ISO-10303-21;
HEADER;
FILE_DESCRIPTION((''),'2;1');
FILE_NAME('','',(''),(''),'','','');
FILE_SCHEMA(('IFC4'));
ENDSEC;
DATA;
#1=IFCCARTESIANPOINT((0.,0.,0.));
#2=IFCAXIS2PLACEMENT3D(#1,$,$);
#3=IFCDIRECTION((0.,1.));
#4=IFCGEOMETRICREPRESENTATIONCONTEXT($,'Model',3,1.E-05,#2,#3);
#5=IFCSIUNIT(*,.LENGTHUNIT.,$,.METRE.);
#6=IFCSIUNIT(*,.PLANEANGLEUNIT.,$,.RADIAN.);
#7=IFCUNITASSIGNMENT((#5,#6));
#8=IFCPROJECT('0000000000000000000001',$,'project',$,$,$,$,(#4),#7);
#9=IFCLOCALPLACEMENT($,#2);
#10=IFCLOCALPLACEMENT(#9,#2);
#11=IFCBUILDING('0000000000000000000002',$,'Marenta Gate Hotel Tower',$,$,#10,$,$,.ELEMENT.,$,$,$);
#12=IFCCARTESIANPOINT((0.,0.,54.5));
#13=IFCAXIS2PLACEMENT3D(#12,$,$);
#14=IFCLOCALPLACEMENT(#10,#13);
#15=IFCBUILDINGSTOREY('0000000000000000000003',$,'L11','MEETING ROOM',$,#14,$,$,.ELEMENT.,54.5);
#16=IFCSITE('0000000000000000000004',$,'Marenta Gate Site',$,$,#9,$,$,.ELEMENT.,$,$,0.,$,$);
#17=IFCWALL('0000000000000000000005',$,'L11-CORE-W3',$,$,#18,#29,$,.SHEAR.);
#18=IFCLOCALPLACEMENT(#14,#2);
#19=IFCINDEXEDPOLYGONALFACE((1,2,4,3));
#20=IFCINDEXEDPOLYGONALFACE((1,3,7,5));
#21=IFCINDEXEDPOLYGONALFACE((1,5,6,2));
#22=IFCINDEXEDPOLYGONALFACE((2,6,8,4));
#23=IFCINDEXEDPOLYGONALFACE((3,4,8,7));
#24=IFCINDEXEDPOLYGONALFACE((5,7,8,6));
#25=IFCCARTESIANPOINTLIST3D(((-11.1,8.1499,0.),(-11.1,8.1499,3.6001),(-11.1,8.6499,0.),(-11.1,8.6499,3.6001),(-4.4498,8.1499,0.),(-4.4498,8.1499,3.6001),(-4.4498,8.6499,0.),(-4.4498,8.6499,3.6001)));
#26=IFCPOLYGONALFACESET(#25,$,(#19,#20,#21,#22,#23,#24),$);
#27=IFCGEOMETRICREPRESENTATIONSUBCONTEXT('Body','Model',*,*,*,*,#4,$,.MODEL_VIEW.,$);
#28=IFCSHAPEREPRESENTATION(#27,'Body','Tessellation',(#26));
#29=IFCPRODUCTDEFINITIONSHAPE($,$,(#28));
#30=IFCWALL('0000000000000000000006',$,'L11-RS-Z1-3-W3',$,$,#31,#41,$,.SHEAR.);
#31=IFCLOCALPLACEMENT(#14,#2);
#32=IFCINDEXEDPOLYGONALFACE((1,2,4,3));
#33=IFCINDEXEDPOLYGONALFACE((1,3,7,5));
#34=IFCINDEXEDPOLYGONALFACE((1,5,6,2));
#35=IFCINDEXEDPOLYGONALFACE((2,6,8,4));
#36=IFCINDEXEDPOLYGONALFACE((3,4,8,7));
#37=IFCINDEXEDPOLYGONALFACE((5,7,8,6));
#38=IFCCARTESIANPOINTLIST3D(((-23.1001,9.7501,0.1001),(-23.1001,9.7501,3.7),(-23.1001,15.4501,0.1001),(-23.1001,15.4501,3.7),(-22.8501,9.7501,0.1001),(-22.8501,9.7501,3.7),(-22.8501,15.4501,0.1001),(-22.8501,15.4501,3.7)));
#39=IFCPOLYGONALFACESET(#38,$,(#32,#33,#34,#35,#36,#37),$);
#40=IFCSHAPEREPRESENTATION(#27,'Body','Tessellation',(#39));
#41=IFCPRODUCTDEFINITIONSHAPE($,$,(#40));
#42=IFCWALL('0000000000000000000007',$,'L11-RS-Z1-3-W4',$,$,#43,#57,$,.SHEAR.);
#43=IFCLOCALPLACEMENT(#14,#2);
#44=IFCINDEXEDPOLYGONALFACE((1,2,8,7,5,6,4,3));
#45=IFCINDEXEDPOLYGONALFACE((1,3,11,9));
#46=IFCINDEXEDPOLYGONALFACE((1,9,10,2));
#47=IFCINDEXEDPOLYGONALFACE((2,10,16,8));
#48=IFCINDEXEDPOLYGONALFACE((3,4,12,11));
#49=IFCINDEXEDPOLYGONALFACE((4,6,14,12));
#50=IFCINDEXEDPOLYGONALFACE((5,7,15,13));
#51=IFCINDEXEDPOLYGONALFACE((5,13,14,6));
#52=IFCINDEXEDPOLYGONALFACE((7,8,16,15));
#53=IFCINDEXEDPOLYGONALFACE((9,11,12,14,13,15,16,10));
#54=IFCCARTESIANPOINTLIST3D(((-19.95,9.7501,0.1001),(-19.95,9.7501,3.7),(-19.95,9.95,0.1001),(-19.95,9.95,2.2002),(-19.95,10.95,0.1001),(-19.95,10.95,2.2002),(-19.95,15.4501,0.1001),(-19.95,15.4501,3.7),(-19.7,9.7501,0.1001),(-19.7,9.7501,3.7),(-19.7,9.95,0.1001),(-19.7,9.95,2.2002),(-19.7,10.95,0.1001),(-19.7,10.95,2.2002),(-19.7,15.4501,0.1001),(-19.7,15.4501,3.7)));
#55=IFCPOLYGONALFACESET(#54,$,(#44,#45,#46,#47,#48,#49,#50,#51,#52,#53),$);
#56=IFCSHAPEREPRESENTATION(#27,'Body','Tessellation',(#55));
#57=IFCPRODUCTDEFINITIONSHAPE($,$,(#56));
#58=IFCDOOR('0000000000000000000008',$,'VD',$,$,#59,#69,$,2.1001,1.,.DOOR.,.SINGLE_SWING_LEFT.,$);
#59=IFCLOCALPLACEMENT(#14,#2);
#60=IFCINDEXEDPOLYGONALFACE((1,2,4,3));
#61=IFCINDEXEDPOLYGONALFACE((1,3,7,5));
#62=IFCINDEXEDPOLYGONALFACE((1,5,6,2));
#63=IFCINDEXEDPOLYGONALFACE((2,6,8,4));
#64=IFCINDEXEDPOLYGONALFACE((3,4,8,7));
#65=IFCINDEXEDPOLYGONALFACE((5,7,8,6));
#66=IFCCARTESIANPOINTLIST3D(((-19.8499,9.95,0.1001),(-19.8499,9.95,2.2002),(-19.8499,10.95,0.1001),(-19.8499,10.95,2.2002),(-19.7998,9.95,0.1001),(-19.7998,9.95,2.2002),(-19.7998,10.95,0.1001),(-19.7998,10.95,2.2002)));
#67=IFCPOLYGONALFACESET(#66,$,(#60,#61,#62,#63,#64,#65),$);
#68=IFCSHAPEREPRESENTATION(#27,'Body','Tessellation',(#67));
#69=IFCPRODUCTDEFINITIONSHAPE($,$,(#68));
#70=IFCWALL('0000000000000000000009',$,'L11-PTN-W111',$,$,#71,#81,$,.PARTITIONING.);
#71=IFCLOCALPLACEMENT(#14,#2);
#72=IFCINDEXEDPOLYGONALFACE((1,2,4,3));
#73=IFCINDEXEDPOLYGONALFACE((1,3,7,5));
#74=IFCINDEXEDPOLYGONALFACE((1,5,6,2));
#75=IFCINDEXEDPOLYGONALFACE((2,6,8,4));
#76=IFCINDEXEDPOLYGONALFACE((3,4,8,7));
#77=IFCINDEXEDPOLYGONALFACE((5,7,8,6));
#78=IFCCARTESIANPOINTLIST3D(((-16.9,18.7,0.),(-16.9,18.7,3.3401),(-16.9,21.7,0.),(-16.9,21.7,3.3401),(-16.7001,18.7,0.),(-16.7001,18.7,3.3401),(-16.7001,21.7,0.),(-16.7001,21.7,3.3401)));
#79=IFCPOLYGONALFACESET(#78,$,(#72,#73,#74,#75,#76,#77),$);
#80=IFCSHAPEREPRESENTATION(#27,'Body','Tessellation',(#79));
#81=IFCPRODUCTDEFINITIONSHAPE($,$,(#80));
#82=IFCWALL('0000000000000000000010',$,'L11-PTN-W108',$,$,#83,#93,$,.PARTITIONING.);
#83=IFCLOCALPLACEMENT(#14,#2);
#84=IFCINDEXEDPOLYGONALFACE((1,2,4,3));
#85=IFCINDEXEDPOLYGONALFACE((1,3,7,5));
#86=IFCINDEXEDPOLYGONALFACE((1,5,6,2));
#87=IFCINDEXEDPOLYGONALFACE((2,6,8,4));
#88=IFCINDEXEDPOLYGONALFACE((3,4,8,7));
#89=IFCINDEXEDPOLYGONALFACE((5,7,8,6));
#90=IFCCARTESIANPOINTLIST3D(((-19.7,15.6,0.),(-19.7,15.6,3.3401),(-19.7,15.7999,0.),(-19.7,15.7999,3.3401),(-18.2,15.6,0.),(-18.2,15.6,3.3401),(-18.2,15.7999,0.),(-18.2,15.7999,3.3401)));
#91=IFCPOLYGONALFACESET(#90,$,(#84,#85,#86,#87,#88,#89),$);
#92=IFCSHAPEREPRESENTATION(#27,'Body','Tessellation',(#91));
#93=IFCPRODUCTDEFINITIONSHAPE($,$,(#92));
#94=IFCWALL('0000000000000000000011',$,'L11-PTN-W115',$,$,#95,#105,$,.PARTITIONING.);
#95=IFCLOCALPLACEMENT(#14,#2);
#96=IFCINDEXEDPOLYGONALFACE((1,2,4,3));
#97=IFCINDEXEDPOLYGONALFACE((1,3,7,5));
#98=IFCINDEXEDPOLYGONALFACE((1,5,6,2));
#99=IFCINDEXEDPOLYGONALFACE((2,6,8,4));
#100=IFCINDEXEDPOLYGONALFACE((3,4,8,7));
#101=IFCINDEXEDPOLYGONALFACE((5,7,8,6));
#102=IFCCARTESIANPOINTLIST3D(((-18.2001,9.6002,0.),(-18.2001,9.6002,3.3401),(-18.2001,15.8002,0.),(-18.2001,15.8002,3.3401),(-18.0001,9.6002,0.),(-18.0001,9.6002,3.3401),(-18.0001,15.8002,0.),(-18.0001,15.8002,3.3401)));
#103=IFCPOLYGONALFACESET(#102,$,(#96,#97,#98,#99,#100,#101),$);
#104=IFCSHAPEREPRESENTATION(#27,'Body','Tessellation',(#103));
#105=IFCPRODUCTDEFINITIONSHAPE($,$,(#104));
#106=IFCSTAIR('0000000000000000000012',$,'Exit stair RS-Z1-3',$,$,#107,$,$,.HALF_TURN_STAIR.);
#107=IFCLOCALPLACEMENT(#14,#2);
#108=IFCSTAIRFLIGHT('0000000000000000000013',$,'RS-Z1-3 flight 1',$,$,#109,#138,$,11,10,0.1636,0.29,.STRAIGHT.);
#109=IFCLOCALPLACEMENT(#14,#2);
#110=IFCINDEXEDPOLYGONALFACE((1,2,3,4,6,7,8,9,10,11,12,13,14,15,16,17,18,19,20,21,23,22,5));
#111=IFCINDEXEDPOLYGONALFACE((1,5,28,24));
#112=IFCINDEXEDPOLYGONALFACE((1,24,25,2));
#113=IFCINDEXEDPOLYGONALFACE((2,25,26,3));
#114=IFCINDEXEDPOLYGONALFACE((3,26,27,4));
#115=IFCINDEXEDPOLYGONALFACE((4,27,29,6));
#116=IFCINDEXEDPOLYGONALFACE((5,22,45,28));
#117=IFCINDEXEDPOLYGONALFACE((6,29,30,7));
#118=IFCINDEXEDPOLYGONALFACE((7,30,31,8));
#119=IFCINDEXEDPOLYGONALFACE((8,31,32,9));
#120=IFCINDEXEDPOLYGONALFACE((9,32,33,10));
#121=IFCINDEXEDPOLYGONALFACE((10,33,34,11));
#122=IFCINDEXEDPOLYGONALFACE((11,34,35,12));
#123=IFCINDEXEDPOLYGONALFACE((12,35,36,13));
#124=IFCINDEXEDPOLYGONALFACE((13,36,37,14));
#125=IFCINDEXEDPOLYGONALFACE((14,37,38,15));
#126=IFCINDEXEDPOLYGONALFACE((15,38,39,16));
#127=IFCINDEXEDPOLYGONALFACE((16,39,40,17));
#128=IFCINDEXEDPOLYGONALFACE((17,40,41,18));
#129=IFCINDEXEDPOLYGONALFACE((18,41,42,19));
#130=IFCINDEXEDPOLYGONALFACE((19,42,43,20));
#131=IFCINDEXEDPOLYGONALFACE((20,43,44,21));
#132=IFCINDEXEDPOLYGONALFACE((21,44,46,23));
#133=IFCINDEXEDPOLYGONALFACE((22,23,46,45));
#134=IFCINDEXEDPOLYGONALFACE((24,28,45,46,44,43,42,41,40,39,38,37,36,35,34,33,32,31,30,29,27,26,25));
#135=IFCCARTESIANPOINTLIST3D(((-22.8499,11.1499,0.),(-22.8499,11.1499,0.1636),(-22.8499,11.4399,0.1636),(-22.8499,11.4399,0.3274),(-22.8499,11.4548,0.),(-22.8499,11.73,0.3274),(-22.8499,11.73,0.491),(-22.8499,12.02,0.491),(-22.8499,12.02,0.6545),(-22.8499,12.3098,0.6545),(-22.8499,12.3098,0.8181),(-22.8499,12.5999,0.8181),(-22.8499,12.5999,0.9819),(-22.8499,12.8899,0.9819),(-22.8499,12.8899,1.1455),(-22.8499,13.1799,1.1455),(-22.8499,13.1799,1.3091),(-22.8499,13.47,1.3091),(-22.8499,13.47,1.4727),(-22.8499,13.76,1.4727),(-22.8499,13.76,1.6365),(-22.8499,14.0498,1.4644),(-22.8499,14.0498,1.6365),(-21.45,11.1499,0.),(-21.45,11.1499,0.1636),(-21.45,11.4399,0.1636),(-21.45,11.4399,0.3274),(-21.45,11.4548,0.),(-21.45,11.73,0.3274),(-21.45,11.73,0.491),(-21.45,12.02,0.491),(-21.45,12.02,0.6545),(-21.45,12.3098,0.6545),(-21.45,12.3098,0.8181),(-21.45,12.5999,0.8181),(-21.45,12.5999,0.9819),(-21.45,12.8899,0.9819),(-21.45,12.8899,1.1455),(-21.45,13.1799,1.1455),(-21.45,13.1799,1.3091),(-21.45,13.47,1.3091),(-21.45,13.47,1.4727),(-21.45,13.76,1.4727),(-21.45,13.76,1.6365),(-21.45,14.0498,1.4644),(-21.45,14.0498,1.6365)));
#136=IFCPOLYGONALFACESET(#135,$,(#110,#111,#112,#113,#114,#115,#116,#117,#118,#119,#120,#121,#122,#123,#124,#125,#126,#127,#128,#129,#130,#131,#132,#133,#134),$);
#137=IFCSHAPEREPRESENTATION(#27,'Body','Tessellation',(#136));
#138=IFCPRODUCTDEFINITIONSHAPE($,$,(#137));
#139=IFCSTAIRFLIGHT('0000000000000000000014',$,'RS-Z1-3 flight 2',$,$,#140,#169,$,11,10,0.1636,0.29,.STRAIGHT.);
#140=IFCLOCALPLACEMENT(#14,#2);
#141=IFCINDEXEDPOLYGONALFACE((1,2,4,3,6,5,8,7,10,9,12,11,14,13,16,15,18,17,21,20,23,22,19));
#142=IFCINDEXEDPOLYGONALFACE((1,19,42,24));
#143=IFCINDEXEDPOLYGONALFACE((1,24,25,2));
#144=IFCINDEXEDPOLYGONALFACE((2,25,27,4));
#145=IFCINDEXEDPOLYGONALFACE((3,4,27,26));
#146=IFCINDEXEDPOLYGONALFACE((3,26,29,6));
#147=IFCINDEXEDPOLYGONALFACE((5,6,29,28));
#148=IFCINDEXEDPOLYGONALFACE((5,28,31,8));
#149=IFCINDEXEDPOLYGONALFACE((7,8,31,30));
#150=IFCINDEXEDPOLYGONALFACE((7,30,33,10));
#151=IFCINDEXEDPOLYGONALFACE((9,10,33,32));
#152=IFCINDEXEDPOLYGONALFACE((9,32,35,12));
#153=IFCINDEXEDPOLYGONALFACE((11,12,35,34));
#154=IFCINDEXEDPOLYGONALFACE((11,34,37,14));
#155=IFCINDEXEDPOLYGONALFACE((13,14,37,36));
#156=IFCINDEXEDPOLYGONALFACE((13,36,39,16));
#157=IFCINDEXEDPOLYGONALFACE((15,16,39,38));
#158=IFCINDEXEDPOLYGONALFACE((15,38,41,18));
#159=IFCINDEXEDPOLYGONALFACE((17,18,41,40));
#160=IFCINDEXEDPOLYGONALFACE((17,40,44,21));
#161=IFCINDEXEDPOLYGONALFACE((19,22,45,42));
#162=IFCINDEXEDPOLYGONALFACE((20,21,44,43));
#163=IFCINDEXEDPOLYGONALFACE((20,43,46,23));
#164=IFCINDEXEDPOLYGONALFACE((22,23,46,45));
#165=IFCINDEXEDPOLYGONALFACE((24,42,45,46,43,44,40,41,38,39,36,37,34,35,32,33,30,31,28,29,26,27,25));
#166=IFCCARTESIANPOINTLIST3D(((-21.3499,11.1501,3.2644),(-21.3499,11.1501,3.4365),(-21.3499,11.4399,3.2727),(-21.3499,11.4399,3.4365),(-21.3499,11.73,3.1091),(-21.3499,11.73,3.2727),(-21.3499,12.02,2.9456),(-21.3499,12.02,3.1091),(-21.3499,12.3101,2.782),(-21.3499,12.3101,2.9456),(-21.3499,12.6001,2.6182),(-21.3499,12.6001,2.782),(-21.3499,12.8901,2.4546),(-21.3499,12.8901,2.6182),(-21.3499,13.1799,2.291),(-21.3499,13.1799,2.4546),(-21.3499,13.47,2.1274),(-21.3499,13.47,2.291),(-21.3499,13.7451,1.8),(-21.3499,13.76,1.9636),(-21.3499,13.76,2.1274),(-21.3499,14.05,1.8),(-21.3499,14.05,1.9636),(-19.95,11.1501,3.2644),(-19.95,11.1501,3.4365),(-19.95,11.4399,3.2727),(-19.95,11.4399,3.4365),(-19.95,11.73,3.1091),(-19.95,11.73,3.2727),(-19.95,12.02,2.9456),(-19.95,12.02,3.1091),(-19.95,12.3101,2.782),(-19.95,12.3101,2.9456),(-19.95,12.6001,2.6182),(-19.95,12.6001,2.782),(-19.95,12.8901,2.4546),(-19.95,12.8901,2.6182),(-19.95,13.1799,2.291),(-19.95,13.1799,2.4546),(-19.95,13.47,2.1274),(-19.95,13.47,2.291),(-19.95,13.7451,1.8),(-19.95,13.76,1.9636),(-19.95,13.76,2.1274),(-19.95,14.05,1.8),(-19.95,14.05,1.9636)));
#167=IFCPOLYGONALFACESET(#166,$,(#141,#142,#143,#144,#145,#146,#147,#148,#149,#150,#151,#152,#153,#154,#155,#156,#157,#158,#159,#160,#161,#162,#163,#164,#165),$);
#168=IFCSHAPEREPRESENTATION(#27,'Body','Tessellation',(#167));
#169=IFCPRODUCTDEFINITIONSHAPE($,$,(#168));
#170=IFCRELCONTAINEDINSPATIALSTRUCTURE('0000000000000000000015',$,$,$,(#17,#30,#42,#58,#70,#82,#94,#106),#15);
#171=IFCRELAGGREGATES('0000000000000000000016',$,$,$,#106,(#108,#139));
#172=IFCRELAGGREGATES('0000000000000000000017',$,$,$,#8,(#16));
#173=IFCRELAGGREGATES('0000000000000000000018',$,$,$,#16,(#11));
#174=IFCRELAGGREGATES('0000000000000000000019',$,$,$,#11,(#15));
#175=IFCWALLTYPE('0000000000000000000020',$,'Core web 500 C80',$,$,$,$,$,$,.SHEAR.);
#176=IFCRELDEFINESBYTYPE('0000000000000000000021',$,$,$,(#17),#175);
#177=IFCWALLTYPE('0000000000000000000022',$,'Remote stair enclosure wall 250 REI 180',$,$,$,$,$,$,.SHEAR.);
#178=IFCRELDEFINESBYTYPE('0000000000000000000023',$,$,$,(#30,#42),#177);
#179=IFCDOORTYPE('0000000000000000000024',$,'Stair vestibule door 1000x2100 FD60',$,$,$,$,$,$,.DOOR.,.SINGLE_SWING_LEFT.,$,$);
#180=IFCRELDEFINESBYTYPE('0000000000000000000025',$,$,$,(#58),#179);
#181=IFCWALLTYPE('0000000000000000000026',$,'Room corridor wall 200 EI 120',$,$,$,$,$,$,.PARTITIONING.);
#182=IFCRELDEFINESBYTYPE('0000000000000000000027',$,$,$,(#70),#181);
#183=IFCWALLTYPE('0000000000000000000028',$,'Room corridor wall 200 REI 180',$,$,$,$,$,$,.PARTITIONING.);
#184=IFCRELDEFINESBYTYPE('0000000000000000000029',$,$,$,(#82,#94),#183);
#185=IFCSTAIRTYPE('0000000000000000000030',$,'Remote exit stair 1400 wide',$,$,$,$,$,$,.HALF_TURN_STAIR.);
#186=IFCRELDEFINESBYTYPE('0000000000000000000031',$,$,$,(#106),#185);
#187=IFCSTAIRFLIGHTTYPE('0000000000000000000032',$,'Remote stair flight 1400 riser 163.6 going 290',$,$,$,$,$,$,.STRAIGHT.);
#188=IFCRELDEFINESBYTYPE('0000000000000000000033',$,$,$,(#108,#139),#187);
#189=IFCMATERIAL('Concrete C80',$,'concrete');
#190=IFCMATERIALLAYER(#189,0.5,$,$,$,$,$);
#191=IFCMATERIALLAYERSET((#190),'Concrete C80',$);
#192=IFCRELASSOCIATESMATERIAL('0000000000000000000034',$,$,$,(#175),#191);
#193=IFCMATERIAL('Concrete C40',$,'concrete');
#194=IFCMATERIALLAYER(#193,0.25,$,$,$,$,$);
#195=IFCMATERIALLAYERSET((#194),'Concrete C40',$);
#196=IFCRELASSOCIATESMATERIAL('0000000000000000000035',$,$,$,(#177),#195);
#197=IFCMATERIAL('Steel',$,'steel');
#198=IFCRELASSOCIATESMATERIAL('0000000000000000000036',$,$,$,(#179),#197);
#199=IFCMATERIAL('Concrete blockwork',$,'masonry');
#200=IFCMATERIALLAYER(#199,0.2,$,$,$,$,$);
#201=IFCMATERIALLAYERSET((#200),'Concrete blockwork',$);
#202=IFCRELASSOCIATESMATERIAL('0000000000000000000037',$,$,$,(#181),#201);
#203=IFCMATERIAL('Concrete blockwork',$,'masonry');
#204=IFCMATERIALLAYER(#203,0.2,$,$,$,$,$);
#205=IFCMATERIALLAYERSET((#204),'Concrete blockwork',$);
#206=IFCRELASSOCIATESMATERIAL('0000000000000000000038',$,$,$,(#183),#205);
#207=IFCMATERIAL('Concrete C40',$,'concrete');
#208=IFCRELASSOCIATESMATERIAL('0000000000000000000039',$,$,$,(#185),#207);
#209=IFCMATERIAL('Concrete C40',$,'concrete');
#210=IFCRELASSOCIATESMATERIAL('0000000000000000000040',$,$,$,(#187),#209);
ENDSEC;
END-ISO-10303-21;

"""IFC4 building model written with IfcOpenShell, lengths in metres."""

from ifc_helpers import new_model, si_unit, direction, frame, frame_2d, origin, place, context, subcontext, project, spatial, polyline, rectangle, outline, extrude, material, layer, layer_set, type_object, element, fill, aggregate, save


model = new_model("IFC4")

# Units and contexts
model_context = context("Model", 3, precision=1e-05, world=origin(), true_north=direction((0.0, 1.0)))
body_context = subcontext(model_context, "Body", "Model", "MODEL_VIEW")
ifc_project = project(units=[si_unit("LENGTHUNIT", "METRE"), si_unit("PLANEANGLEUNIT", "RADIAN")], contexts=[model_context])

# Site, building, storey
site_placement = place(None, origin())
site = spatial("IfcSite", under=ifc_project, at=site_placement, Name="Marenta Gate Site", CompositionType="ELEMENT", RefElevation=0.0)
building_placement = place(site_placement, origin())
building = spatial("IfcBuilding", under=site, at=building_placement, Name="Marenta Gate Hotel Tower", CompositionType="ELEMENT")
storey_placement = place(building_placement, frame((0.0, 0.0, 54.5)))
storey = spatial("IfcBuildingStorey", under=building, at=storey_placement, Name="L11", Description="MEETING ROOM", CompositionType="ELEMENT", Elevation=54.5)

# Walls
ifc_material_1 = material(Name="Concrete C80", Category="concrete")
ifc_layer_1 = layer(ifc_material_1, 0.5)
ifc_layer_set_1 = layer_set([ifc_layer_1], Name="Concrete C80")
wall_type_1 = type_object("IfcWallType", Name="Core web 500 C80", PredefinedType="SHEAR", material=ifc_layer_set_1)
wall_1_placement = place(storey_placement, frame((-11.1001, 8.3999, 0.0), z_axis=(0.0, 0.0, 1.0), x_axis=(1.0, 0.0, 0.0)))
element("IfcWall", 1, at=wall_1_placement, inside=storey, type_object=wall_type_1, Name="L11-CORE-W3", PredefinedType="SHEAR", context=body_context, shape_type="SweptSolid", body=[
    extrude(rectangle(XDim=6.6501, YDim=0.5, at=frame_2d((3.3252, 0.0))), origin(), (0.0, 0.0, 1.0), 3.6001),
])
ifc_material_2 = material(Name="Concrete C40", Category="concrete")
ifc_layer_2 = layer(ifc_material_2, 0.25)
ifc_layer_set_2 = layer_set([ifc_layer_2], Name="Concrete C40")
wall_type_2 = type_object("IfcWallType", Name="Remote stair enclosure wall 250 REI 180", PredefinedType="SHEAR", material=ifc_layer_set_2)
wall_2_placement = place(storey_placement, frame((-22.9751, 9.75, 0.1001), z_axis=(0.0, 0.0, 1.0), x_axis=(0.0, 1.0, 0.0)))
element("IfcWall", 2, at=wall_2_placement, inside=storey, type_object=wall_type_2, Name="L11-RS-Z1-3-W3", PredefinedType="SHEAR", context=body_context, shape_type="SweptSolid", body=[
    extrude(rectangle(XDim=5.7, YDim=0.25, at=frame_2d((2.8501, 0.0))), origin(), (0.0, 0.0, 1.0), 3.5999),
])

# Wall, opening, door
wall_3_placement = place(storey_placement, frame((-19.825, 9.75, 0.1001), z_axis=(0.0, 0.0, 1.0), x_axis=(0.0, 1.0, 0.0)))
wall_3 = element("IfcWall", 3, at=wall_3_placement, inside=storey, type_object=wall_type_2, Name="L11-RS-Z1-3-W4", PredefinedType="SHEAR", context=body_context, shape_type="SweptSolid", body=[
    extrude(rectangle(XDim=5.7, YDim=0.25, at=frame_2d((2.8501, 0.0))), origin(), (0.0, 0.0, 1.0), 3.5999),
])
opening_1_placement = place(wall_3_placement, frame((0.2, 0.0, 0.0)))
opening_1 = element("IfcOpeningElement", 4, at=opening_1_placement, cuts=wall_3, PredefinedType="OPENING", context=body_context, shape_type="SweptSolid", body=[
    extrude(rectangle(XDim=1.0, YDim=2.1001, at=frame_2d((0.5, 1.05))), frame((0.0, 0.125, 0.0), z_axis=(0.0, -1.0, 0.0), x_axis=(1.0, 0.0, 0.0)), (0.0, 0.0, 1.0), 0.25),
])
ifc_material_3 = material(Name="Steel", Category="steel")
door_type_1 = type_object("IfcDoorType", Name="Stair vestibule door 1000x2100 FD60", OperationType="SINGLE_SWING_LEFT", PredefinedType="DOOR", material=ifc_material_3)
door_1_placement = place(opening_1_placement, origin())
door_1 = element("IfcDoor", 5, at=door_1_placement, inside=storey, type_object=door_type_1, Name="VD", OperationType="SINGLE_SWING_LEFT", OverallHeight=2.1001, OverallWidth=1.0, PredefinedType="DOOR", context=body_context, shape_type="SweptSolid", body=[
    extrude(rectangle(XDim=1.0, YDim=2.1001, at=frame_2d((0.5, 1.05))), frame((0.0, 0.0249, 0.0), z_axis=(0.0, -1.0, 0.0), x_axis=(1.0, 0.0, 0.0)), (0.0, 0.0, 1.0), 0.05),
])
fill(opening_1, door_1)

# Wall
ifc_material_4 = material(Name="Concrete blockwork", Category="masonry")
ifc_layer_3 = layer(ifc_material_4, 0.2)
ifc_layer_set_3 = layer_set([ifc_layer_3], Name="Concrete blockwork")
wall_type_3 = type_object("IfcWallType", Name="Room corridor wall 200 EI 120", PredefinedType="PARTITIONING", material=ifc_layer_set_3)
wall_4_placement = place(storey_placement, frame((-16.8, 18.7, 0.0), z_axis=(0.0, 0.0, 1.0), x_axis=(0.0, 1.0, 0.0)))
element("IfcWall", 6, at=wall_4_placement, inside=storey, type_object=wall_type_3, Name="L11-PTN-W111", PredefinedType="PARTITIONING", context=body_context, shape_type="SweptSolid", body=[
    extrude(rectangle(XDim=3.0, YDim=0.2, at=frame_2d((1.5, 0.0))), origin(), (0.0, 0.0, 1.0), 3.3401),
])

# Shared definitions
ifc_material_5 = material(Name="Concrete blockwork", Category="masonry")
ifc_layer_4 = layer(ifc_material_5, 0.2)
ifc_layer_set_4 = layer_set([ifc_layer_4], Name="Concrete blockwork")
wall_type_4 = type_object("IfcWallType", Name="Room corridor wall 200 REI 180", PredefinedType="PARTITIONING", material=ifc_layer_set_4)

# Walls
wall_5_placement = place(storey_placement, frame((-19.7, 15.7, 0.0), z_axis=(0.0, 0.0, 1.0), x_axis=(1.0, 0.0, 0.0)))
element("IfcWall", 7, at=wall_5_placement, inside=storey, type_object=wall_type_4, Name="L11-PTN-W108", PredefinedType="PARTITIONING", context=body_context, shape_type="SweptSolid", body=[
    extrude(rectangle(XDim=1.5, YDim=0.2, at=frame_2d((0.75, 0.0))), origin(), (0.0, 0.0, 1.0), 3.3401),
])
wall_6_placement = place(storey_placement, frame((-18.1001, 9.6001, 0.0), z_axis=(0.0, 0.0, 1.0), x_axis=(0.0, 1.0, 0.0)))
element("IfcWall", 8, at=wall_6_placement, inside=storey, type_object=wall_type_4, Name="L11-PTN-W115", PredefinedType="PARTITIONING", context=body_context, shape_type="SweptSolid", body=[
    extrude(rectangle(XDim=6.2, YDim=0.2, at=frame_2d((3.1001, 0.0))), origin(), (0.0, 0.0, 1.0), 3.3401),
])

# Stair, stair flights
ifc_material_6 = material(Name="Concrete C40", Category="concrete")
stair_type = type_object("IfcStairType", Name="Remote exit stair 1400 wide", PredefinedType="HALF_TURN_STAIR", material=ifc_material_6)
stair_placement = place(storey_placement, origin())
stair = element("IfcStair", 9, at=stair_placement, inside=storey, type_object=stair_type, Name="Exit stair RS-Z1-3", PredefinedType="HALF_TURN_STAIR")
ifc_material_7 = material(Name="Concrete C40", Category="concrete")
stair_flight_type = type_object("IfcStairFlightType", Name="Remote stair flight 1400 riser 163.6 going 290", PredefinedType="STRAIGHT", material=ifc_material_7)
stair_flight_1_placement = place(storey_placement, frame((-22.1499, 11.1499, 0.0), z_axis=(0.0, 0.0, 1.0), x_axis=(0.0, 1.0, 0.0)))
stair_flight_1 = element("IfcStairFlight", 10, at=stair_flight_1_placement, type_object=stair_flight_type, Name="RS-Z1-3 flight 1", NumberOfRisers=11, NumberOfTreads=10, PredefinedType="STRAIGHT", RiserHeight=0.1636, TreadLength=0.29, context=body_context, shape_type="SweptSolid", body=[
    extrude(outline(polyline([(0.0, 0.0), (0.0, 0.1636), (0.29, 0.1636), (0.29, 0.3274), (0.5801, 0.3274), (0.5801, 0.491), (0.8701, 0.491), (0.8701, 0.6545), (1.1599, 0.6545), (1.1599, 0.8181), (1.45, 0.8181), (1.45, 0.9819), (1.74, 0.9819), (1.74, 1.1455), (2.03, 1.1455), (2.03, 1.3091), (2.3201, 1.3091), (2.3201, 1.4727), (2.6101, 1.4727), (2.6101, 1.6365), (2.8999, 1.6365), (2.8999, 1.8), (2.8999, 1.4644), (0.3049, 0.0), (0.0, 0.0)])), frame((0.0, 0.7, 0.0), z_axis=(0.0, -1.0, 0.0), x_axis=(1.0, 0.0, 0.0)), (0.0, 0.0, 1.0), 1.3999),
])
stair_flight_2_placement = place(storey_placement, frame((-20.6499, 14.05, 1.8), z_axis=(0.0, 0.0, 1.0), x_axis=(0.0, -1.0, 0.0)))
stair_flight_2 = element("IfcStairFlight", 11, at=stair_flight_2_placement, type_object=stair_flight_type, Name="RS-Z1-3 flight 2", NumberOfRisers=11, NumberOfTreads=10, PredefinedType="STRAIGHT", RiserHeight=0.1636, TreadLength=0.29, context=body_context, shape_type="SweptSolid", body=[
    extrude(outline(polyline([(0.0, 0.0), (0.0, 0.1636), (0.29, 0.1636), (0.29, 0.3274), (0.5801, 0.3274), (0.5801, 0.491), (0.8701, 0.491), (0.8701, 0.6545), (1.1599, 0.6545), (1.1599, 0.8181), (1.45, 0.8181), (1.45, 0.9819), (1.74, 0.9819), (1.74, 1.1455), (2.03, 1.1455), (2.03, 1.3091), (2.3201, 1.3091), (2.3201, 1.4727), (2.6101, 1.4727), (2.6101, 1.6365), (2.8999, 1.6365), (2.8999, 1.8), (2.8999, 1.4644), (0.3049, 0.0), (0.0, 0.0)])), frame((0.0, 0.7, 0.0), z_axis=(0.0, -1.0, 0.0), x_axis=(1.0, 0.0, 0.0)), (0.0, 0.0, 1.0), 1.3999),
])
aggregate(stair, [stair_flight_1, stair_flight_2])

save(model, "model.ifc")
